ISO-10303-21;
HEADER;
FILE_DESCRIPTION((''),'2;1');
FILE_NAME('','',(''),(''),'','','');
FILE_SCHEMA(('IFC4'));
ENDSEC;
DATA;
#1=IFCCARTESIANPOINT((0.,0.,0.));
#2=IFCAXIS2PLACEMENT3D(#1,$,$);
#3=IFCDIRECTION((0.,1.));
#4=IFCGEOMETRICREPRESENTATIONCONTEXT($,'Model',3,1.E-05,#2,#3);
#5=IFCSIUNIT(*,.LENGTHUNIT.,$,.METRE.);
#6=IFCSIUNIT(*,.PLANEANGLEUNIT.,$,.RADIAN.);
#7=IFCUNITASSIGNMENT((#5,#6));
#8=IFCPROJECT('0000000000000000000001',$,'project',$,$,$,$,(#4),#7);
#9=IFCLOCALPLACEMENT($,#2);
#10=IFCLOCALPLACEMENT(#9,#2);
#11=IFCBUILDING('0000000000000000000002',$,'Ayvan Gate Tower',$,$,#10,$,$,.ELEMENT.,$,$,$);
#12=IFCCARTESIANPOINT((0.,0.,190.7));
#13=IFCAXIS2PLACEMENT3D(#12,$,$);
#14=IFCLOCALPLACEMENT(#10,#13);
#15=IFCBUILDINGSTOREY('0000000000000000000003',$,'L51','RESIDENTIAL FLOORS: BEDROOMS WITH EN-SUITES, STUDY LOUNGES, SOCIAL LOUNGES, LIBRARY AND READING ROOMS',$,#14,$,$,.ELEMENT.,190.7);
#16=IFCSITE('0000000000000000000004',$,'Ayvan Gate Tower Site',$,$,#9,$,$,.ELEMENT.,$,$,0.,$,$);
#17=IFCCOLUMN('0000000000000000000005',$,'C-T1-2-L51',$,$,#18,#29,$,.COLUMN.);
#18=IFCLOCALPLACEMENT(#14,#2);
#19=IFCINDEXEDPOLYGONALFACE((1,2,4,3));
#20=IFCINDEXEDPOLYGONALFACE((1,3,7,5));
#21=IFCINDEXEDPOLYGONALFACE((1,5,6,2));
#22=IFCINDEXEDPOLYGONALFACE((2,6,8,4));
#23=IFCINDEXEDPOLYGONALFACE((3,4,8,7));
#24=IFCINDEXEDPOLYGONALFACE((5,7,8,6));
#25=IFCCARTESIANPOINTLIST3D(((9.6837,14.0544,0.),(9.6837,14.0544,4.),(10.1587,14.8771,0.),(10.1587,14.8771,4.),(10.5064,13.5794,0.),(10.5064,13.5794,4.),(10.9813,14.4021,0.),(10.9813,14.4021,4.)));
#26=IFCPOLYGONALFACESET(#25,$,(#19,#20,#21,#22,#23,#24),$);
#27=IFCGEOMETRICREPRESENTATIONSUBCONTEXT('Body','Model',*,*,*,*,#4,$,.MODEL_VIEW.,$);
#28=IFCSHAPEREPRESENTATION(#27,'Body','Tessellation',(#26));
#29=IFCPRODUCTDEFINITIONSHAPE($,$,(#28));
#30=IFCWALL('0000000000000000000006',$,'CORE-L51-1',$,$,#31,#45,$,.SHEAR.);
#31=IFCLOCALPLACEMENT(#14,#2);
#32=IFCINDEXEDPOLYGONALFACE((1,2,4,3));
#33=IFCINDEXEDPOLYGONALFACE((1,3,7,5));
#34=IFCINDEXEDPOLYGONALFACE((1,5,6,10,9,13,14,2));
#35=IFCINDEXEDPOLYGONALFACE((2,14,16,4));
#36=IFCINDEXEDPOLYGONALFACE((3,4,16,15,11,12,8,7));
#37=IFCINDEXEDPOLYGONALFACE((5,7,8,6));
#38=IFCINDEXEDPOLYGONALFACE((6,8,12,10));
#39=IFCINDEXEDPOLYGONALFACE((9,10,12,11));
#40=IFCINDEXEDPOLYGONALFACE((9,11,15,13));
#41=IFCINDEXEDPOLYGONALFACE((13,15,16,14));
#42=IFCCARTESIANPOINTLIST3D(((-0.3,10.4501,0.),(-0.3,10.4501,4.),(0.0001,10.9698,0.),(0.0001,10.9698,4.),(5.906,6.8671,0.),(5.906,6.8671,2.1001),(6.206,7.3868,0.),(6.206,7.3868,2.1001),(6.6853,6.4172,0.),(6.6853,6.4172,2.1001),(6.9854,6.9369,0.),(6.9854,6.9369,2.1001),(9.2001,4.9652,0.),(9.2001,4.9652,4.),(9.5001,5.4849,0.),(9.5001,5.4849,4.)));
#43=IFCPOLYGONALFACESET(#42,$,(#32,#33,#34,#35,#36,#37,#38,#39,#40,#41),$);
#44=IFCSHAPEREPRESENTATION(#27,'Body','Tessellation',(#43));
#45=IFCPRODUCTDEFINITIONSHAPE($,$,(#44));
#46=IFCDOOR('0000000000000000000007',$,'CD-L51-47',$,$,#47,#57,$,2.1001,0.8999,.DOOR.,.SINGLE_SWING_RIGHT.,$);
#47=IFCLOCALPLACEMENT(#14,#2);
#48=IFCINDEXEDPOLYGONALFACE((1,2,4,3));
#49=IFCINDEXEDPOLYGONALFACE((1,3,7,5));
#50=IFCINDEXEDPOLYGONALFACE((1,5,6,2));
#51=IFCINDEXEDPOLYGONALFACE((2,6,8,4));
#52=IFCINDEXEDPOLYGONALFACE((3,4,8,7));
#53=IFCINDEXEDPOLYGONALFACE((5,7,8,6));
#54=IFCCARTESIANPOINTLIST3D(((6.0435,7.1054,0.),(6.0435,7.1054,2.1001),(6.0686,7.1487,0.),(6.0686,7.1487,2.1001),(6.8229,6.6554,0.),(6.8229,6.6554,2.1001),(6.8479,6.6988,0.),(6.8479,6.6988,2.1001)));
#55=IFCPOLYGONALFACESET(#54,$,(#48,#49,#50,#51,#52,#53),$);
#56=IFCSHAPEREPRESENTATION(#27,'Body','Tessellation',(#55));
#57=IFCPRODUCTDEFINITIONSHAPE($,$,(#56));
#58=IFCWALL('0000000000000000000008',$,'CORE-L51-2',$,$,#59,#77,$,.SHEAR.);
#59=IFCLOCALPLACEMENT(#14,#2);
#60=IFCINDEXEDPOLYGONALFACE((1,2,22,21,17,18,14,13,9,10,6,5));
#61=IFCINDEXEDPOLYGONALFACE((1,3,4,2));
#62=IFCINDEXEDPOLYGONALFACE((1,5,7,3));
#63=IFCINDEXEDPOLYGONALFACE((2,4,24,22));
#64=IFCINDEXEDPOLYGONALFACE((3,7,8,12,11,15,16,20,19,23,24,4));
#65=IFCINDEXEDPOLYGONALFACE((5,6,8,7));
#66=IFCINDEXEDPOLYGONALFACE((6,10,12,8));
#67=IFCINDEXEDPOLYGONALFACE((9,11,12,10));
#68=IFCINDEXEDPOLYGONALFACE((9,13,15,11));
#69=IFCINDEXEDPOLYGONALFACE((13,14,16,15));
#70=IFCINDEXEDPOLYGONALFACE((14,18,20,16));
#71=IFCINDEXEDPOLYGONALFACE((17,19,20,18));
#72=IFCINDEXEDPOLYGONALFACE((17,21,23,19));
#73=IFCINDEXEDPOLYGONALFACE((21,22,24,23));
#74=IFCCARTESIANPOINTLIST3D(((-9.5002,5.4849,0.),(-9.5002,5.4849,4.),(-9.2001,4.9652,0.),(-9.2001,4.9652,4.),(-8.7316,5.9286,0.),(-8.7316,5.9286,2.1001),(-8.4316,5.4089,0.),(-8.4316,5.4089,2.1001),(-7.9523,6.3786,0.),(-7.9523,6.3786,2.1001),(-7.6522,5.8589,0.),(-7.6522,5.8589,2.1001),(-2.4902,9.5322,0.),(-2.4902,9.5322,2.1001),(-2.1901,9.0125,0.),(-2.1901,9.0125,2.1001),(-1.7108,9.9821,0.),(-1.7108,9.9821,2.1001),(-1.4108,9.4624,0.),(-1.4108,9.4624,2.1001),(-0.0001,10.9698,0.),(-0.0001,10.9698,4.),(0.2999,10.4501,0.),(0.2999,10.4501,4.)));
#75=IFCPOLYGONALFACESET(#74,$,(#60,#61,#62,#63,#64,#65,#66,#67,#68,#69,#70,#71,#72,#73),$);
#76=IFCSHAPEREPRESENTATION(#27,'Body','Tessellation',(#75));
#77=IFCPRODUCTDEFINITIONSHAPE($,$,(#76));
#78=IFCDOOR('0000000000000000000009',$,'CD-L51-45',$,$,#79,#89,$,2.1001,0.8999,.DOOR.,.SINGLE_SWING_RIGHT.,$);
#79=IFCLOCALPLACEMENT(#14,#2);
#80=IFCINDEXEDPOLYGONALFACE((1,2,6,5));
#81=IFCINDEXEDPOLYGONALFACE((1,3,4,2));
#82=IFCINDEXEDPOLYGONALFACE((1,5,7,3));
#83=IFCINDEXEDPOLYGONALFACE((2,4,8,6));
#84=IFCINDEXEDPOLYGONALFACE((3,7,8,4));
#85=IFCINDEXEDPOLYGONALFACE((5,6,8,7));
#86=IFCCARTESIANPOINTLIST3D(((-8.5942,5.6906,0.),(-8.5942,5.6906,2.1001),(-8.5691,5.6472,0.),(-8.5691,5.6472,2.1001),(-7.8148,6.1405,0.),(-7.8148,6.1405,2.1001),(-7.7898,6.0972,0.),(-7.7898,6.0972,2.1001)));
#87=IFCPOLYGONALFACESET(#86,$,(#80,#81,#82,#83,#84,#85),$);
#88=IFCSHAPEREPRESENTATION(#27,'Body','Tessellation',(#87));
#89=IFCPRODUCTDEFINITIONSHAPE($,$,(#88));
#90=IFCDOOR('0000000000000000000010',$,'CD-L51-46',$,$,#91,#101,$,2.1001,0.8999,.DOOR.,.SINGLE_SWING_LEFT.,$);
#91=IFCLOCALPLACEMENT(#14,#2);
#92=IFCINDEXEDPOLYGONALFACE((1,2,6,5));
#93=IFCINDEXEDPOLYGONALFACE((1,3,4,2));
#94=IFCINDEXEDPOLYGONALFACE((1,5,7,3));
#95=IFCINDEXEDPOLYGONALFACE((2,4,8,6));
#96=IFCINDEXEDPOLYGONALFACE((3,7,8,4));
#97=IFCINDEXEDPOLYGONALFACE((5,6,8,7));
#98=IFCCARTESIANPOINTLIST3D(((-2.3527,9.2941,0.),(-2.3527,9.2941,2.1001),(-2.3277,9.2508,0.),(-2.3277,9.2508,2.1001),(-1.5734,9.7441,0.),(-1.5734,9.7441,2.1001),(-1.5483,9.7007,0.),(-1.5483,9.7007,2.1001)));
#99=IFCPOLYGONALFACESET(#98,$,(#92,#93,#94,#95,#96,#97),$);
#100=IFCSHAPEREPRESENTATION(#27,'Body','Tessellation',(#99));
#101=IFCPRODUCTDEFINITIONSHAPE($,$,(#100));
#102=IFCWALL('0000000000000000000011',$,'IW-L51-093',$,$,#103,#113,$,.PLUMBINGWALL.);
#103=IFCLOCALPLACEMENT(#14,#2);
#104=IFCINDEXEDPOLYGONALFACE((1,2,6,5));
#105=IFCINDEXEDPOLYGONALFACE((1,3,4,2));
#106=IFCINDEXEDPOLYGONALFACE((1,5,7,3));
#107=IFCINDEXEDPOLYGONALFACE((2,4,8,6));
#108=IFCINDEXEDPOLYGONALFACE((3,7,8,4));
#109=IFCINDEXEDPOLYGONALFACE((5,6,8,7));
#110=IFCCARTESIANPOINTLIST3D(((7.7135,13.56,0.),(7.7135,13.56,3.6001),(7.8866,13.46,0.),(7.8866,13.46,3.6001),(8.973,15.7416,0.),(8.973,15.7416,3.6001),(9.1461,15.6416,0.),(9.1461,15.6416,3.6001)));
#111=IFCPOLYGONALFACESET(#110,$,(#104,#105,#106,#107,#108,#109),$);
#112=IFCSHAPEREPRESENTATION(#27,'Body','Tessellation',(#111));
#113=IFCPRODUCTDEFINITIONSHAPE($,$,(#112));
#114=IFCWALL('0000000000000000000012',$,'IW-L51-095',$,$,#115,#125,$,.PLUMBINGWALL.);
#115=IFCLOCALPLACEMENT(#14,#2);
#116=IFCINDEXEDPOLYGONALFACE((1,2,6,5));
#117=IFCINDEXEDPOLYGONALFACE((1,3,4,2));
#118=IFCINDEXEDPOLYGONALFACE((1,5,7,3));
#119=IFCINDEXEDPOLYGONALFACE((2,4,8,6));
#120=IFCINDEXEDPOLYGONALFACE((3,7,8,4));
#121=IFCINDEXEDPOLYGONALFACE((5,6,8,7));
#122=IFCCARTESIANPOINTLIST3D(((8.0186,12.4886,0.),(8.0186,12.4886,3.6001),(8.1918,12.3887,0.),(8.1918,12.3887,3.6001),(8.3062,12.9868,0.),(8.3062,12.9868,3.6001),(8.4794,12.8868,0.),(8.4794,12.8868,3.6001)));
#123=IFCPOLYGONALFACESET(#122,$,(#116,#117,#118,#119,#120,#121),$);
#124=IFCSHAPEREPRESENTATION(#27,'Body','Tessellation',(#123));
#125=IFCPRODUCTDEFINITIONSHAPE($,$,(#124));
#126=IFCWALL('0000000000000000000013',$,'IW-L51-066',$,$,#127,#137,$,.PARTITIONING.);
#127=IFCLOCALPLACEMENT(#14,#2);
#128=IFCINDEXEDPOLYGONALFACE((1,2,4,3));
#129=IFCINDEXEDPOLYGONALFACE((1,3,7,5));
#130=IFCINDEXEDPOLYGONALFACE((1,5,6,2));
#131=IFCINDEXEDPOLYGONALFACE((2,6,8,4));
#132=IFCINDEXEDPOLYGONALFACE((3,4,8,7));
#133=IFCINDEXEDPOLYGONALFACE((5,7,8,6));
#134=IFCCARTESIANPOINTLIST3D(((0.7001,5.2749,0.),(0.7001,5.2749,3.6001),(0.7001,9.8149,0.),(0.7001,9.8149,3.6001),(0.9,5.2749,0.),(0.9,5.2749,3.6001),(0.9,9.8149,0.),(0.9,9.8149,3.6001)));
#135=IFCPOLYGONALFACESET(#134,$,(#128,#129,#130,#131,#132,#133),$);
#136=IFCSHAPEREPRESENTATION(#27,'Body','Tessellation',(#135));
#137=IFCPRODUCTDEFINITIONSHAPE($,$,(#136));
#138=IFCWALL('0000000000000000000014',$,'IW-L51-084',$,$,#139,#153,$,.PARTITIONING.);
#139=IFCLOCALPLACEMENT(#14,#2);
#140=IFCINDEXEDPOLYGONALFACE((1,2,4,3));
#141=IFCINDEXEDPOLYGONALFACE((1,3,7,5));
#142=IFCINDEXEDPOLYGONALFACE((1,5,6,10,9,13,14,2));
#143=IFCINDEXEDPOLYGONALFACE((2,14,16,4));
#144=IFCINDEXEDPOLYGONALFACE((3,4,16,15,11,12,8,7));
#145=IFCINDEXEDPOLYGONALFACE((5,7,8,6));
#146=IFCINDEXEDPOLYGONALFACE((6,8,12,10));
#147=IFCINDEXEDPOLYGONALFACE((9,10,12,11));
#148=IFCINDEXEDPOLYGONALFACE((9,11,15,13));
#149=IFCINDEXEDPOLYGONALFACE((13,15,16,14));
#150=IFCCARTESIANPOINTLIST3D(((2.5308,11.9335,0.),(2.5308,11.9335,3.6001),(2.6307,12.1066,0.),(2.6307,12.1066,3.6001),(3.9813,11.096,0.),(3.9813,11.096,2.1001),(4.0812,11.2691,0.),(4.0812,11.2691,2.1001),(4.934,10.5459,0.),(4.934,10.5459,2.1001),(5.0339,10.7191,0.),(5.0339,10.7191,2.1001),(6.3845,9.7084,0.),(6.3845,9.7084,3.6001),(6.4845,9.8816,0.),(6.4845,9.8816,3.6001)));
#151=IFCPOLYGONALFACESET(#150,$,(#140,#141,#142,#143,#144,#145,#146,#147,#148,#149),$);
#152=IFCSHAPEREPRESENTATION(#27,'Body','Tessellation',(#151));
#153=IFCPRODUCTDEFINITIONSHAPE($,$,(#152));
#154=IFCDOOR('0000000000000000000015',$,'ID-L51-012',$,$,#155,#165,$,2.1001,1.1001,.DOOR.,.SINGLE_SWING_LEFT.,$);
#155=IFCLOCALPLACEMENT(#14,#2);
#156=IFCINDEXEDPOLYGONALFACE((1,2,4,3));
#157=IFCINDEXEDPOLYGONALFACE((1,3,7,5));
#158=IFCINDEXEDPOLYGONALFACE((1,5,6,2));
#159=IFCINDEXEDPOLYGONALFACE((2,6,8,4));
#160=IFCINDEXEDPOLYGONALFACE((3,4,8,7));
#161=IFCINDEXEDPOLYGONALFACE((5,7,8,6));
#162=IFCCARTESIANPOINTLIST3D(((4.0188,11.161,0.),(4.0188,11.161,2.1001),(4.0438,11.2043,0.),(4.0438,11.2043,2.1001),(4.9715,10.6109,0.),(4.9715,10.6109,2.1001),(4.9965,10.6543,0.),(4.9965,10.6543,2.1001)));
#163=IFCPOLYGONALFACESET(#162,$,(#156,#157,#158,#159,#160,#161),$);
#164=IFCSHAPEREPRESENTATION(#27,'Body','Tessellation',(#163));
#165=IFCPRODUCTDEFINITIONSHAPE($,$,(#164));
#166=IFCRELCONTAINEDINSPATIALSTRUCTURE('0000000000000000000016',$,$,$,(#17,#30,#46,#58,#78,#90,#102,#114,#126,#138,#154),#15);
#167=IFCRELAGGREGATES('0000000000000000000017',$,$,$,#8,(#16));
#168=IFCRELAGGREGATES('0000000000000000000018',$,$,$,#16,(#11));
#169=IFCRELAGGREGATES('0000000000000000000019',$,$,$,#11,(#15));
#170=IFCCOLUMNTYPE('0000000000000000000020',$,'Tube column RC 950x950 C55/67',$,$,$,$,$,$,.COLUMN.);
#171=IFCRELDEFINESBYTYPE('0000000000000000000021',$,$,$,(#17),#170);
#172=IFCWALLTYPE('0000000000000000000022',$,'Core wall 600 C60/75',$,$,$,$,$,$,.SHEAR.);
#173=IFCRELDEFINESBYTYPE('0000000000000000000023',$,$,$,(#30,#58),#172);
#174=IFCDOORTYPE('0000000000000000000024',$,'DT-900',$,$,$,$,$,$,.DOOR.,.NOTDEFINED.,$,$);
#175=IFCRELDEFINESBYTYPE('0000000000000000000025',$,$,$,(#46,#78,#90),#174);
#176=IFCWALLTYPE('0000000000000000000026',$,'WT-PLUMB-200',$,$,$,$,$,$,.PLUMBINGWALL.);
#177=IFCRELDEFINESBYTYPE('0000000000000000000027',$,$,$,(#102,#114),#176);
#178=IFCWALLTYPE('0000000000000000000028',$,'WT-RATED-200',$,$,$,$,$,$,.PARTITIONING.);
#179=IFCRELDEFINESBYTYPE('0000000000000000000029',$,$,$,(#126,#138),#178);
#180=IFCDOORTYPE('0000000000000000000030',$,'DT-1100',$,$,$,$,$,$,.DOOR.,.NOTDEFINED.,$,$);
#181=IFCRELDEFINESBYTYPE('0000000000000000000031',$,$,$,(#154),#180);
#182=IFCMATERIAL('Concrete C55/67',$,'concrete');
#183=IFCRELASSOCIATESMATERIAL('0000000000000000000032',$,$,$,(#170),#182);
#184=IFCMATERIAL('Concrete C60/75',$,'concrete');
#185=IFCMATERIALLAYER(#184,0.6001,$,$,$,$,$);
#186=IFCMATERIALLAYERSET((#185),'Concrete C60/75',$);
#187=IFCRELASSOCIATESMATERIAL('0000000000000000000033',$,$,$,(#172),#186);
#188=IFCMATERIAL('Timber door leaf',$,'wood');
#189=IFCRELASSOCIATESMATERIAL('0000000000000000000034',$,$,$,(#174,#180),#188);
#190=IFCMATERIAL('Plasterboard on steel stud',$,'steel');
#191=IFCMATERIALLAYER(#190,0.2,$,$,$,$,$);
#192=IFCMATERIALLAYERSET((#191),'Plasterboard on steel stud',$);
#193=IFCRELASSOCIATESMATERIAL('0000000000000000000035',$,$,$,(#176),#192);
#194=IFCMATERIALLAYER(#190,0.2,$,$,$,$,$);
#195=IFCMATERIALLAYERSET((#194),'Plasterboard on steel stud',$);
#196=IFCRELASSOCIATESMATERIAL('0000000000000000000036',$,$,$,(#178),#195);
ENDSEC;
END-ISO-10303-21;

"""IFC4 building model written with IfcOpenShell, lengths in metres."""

from ifc_helpers import new_model, si_unit, direction, frame, frame_2d, origin, origin_2d, place, context, subcontext, project, spatial, rectangle, extrude, material, layer, layer_set, material_profile, profile_set, type_object, element, fill, save


model = new_model("IFC4")

# Units and contexts
model_context = context("Model", 3, precision=1e-05, world=origin(), true_north=direction((0.0, 1.0)))
body_context = subcontext(model_context, "Body", "Model", "MODEL_VIEW")
ifc_project = project(units=[si_unit("LENGTHUNIT", "METRE"), si_unit("PLANEANGLEUNIT", "RADIAN")], contexts=[model_context])

# Site, building, storey
site_placement = place(None, origin())
site = spatial("IfcSite", under=ifc_project, at=site_placement, Name="Ayvan Gate Tower Site", CompositionType="ELEMENT", RefElevation=0.0)
building_placement = place(site_placement, origin())
building = spatial("IfcBuilding", under=site, at=building_placement, Name="Ayvan Gate Tower", CompositionType="ELEMENT")
storey_placement = place(building_placement, frame((0.0, 0.0, 190.7)))
storey = spatial("IfcBuildingStorey", under=building, at=storey_placement, Name="L51", Description="RESIDENTIAL FLOORS: BEDROOMS WITH EN-SUITES, STUDY LOUNGES, SOCIAL LOUNGES, LIBRARY AND READING ROOMS", CompositionType="ELEMENT", Elevation=190.7)

# Column
ifc_material_1 = material(Name="Concrete C55/67", Category="concrete")
ifc_material_profile = material_profile(ifc_material_1, rectangle(XDim=0.95, YDim=0.95, at=origin_2d()), Name="RC 950x950")
ifc_profile_set = profile_set([ifc_material_profile], Name="Concrete C55/67")
column_type = type_object("IfcColumnType", Name="Tube column RC 950x950 C55/67", PredefinedType="COLUMN", material=ifc_profile_set)
column_placement = place(storey_placement, frame((10.3325, 14.2283, 0.0), z_axis=(0.0, 0.0, 1.0), x_axis=(0.5, 0.866025, 0.0)))
element("IfcColumn", 1, at=column_placement, inside=storey, type_object=column_type, Name="C-T1-2-L51", PredefinedType="COLUMN", context=body_context, shape_type="SweptSolid", body=[
    extrude(rectangle(XDim=0.95, YDim=0.95, at=origin_2d()), origin(), (0.0, 0.0, 1.0), 4.0),
])

# Wall, opening, door
ifc_material_2 = material(Name="Concrete C60/75", Category="concrete")
ifc_layer_1 = layer(ifc_material_2, 0.6001)
ifc_layer_set_1 = layer_set([ifc_layer_1], Name="Concrete C60/75")
wall_type_1 = type_object("IfcWallType", Name="Core wall 600 C60/75", PredefinedType="SHEAR", material=ifc_layer_set_1)
wall_1_placement = place(storey_placement, frame((9.3501, 5.2251, 0.0), z_axis=(0.0, 0.0, 1.0), x_axis=(-0.866024, 0.500002, 0.0)))
wall_1 = element("IfcWall", 2, at=wall_1_placement, inside=storey, type_object=wall_type_1, Name="CORE-L51-1", PredefinedType="SHEAR", context=body_context, shape_type="SweptSolid", body=[
    extrude(rectangle(XDim=10.9697, YDim=0.6001, at=frame_2d((5.4849, 0.0))), origin(), (0.0, 0.0, 1.0), 4.0),
])
opening_1_placement = place(wall_1_placement, frame((2.9038, 0.0, 0.0)))
opening_1 = element("IfcOpeningElement", 3, at=opening_1_placement, cuts=wall_1, PredefinedType="OPENING", context=body_context, shape_type="SweptSolid", body=[
    extrude(rectangle(XDim=0.8999, YDim=2.1001, at=frame_2d((0.45, 1.05))), frame((0.0, 0.3101, 0.0), z_axis=(0.0, -1.0, 0.0), x_axis=(1.0, 0.0, 0.0)), (0.0, 0.0, 1.0), 0.6201),
])
ifc_material_3 = material(Name="Timber door leaf", Category="wood")
door_type_1 = type_object("IfcDoorType", Name="DT-900", OperationType="NOTDEFINED", PredefinedType="DOOR", material=ifc_material_3)
door_1_placement = place(opening_1_placement, origin())
door_1 = element("IfcDoor", 4, at=door_1_placement, inside=storey, type_object=door_type_1, Name="CD-L51-47", OperationType="SINGLE_SWING_RIGHT", OverallHeight=2.1001, OverallWidth=0.8999, PredefinedType="DOOR", context=body_context, shape_type="SweptSolid", body=[
    extrude(rectangle(XDim=0.8999, YDim=2.1001, at=frame_2d((0.45, 1.05))), frame((0.0, 0.0249, 0.0), z_axis=(0.0, -1.0, 0.0), x_axis=(1.0, 0.0, 0.0)), (0.0, 0.0, 1.0), 0.05),
])
fill(opening_1, door_1)

# Wall, openings, doors
wall_2_placement = place(storey_placement, frame((0.1499, 10.71, 0.0), z_axis=(0.0, 0.0, 1.0), x_axis=(-0.866024, -0.500002, 0.0)))
wall_2 = element("IfcWall", 5, at=wall_2_placement, inside=storey, type_object=wall_type_1, Name="CORE-L51-2", PredefinedType="SHEAR", context=body_context, shape_type="SweptSolid", body=[
    extrude(rectangle(XDim=10.9697, YDim=0.6001, at=frame_2d((5.4849, 0.0))), origin(), (0.0, 0.0, 1.0), 4.0),
])
opening_2_placement = place(wall_2_placement, frame((9.1824, 0.0, 0.0)))
opening_2 = element("IfcOpeningElement", 6, at=opening_2_placement, cuts=wall_2, PredefinedType="OPENING", context=body_context, shape_type="SweptSolid", body=[
    extrude(rectangle(XDim=0.8999, YDim=2.1001, at=frame_2d((0.45, 1.05))), frame((0.0, 0.3101, 0.0), z_axis=(0.0, -1.0, 0.0), x_axis=(1.0, 0.0, 0.0)), (0.0, 0.0, 1.0), 0.6201),
])
opening_3_placement = place(wall_2_placement, frame((1.9753, 0.0, 0.0)))
opening_3 = element("IfcOpeningElement", 7, at=opening_3_placement, cuts=wall_2, PredefinedType="OPENING", context=body_context, shape_type="SweptSolid", body=[
    extrude(rectangle(XDim=0.8999, YDim=2.1001, at=frame_2d((0.45, 1.05))), frame((0.0, 0.3101, 0.0), z_axis=(0.0, -1.0, 0.0), x_axis=(1.0, 0.0, 0.0)), (0.0, 0.0, 1.0), 0.6201),
])
door_2_placement = place(opening_2_placement, origin())
door_2 = element("IfcDoor", 8, at=door_2_placement, inside=storey, type_object=door_type_1, Name="CD-L51-45", OperationType="SINGLE_SWING_RIGHT", OverallHeight=2.1001, OverallWidth=0.8999, PredefinedType="DOOR", context=body_context, shape_type="SweptSolid", body=[
    extrude(rectangle(XDim=0.8999, YDim=2.1001, at=frame_2d((0.45, 1.05))), frame((0.0, 0.0249, 0.0), z_axis=(0.0, -1.0, 0.0), x_axis=(1.0, 0.0, 0.0)), (0.0, 0.0, 1.0), 0.05),
])
fill(opening_2, door_2)
door_3_placement = place(opening_3_placement, origin())
door_3 = element("IfcDoor", 9, at=door_3_placement, inside=storey, type_object=door_type_1, Name="CD-L51-46", OperationType="SINGLE_SWING_LEFT", OverallHeight=2.1001, OverallWidth=0.8999, PredefinedType="DOOR", context=body_context, shape_type="SweptSolid", body=[
    extrude(rectangle(XDim=0.8999, YDim=2.1001, at=frame_2d((0.45, 1.05))), frame((0.0, 0.0249, 0.0), z_axis=(0.0, -1.0, 0.0), x_axis=(1.0, 0.0, 0.0)), (0.0, 0.0, 1.0), 0.05),
])
fill(opening_3, door_3)

# Walls
ifc_material_4 = material(Name="Plasterboard on steel stud", Category="steel")
ifc_layer_2 = layer(ifc_material_4, 0.2)
ifc_layer_set_2 = layer_set([ifc_layer_2], Name="Plasterboard on steel stud")
wall_type_2 = type_object("IfcWallType", Name="WT-PLUMB-200", PredefinedType="PLUMBINGWALL", material=ifc_layer_set_2)
wall_3_placement = place(storey_placement, frame((7.8, 13.51, 0.0), z_axis=(0.0, 0.0, 1.0), x_axis=(0.499985, 0.866034, 0.0)))
element("IfcWall", 10, at=wall_3_placement, inside=storey, type_object=wall_type_2, Name="IW-L51-093", PredefinedType="PLUMBINGWALL", context=body_context, shape_type="SweptSolid", body=[
    extrude(rectangle(XDim=2.519, YDim=0.2, at=frame_2d((1.2595, 0.0))), origin(), (0.0, 0.0, 1.0), 3.6001),
])
wall_4_placement = place(storey_placement, frame((8.3928, 12.9368, 0.0), z_axis=(0.0, 0.0, 1.0), x_axis=(-0.500065, -0.865988, 0.0)))
element("IfcWall", 11, at=wall_4_placement, inside=storey, type_object=wall_type_2, Name="IW-L51-095", PredefinedType="PLUMBINGWALL", context=body_context, shape_type="SweptSolid", body=[
    extrude(rectangle(XDim=0.5752, YDim=0.2, at=frame_2d((0.2876, 0.0))), origin(), (0.0, 0.0, 1.0), 3.6001),
])
ifc_layer_3 = layer(ifc_material_4, 0.2)
ifc_layer_set_3 = layer_set([ifc_layer_3], Name="Plasterboard on steel stud")
wall_type_3 = type_object("IfcWallType", Name="WT-RATED-200", PredefinedType="PARTITIONING", material=ifc_layer_set_3)
wall_5_placement = place(storey_placement, frame((0.8, 9.8149, 0.0), z_axis=(0.0, 0.0, 1.0), x_axis=(0.0, -1.0, 0.0)))
element("IfcWall", 12, at=wall_5_placement, inside=storey, type_object=wall_type_3, Name="IW-L51-066", PredefinedType="PARTITIONING", context=body_context, shape_type="SweptSolid", body=[
    extrude(rectangle(XDim=4.54, YDim=0.2, at=frame_2d((2.27, 0.0))), origin(), (0.0, 0.0, 1.0), 3.6001),
])

# Wall, opening, door
wall_6_placement = place(storey_placement, frame((6.4346, 9.7949, 0.0), z_axis=(0.0, 0.0, 1.0), x_axis=(-0.866013, 0.500022, 0.0)))
wall_6 = element("IfcWall", 13, at=wall_6_placement, inside=storey, type_object=wall_type_3, Name="IW-L51-084", PredefinedType="PARTITIONING", context=body_context, shape_type="SweptSolid", body=[
    extrude(rectangle(XDim=4.45, YDim=0.2, at=frame_2d((2.2251, 0.0))), origin(), (0.0, 0.0, 1.0), 3.6001),
])
opening_4_placement = place(wall_6_placement, frame((1.675, 0.0, 0.0)))
opening_4 = element("IfcOpeningElement", 14, at=opening_4_placement, cuts=wall_6, PredefinedType="OPENING", context=body_context, shape_type="SweptSolid", body=[
    extrude(rectangle(XDim=1.1001, YDim=2.1001, at=frame_2d((0.55, 1.05))), frame((0.0, 0.1099, 0.0), z_axis=(0.0, -1.0, 0.0), x_axis=(1.0, 0.0, 0.0)), (0.0, 0.0, 1.0), 0.22),
])
door_type_2 = type_object("IfcDoorType", Name="DT-1100", OperationType="NOTDEFINED", PredefinedType="DOOR", material=ifc_material_3)
door_4_placement = place(opening_4_placement, origin())
door_4 = element("IfcDoor", 15, at=door_4_placement, inside=storey, type_object=door_type_2, Name="ID-L51-012", OperationType="SINGLE_SWING_LEFT", OverallHeight=2.1001, OverallWidth=1.1001, PredefinedType="DOOR", context=body_context, shape_type="SweptSolid", body=[
    extrude(rectangle(XDim=1.1001, YDim=2.1001, at=frame_2d((0.55, 1.05))), frame((0.0, 0.0249, 0.0), z_axis=(0.0, -1.0, 0.0), x_axis=(1.0, 0.0, 0.0)), (0.0, 0.0, 1.0), 0.05),
])
fill(opening_4, door_4)

save(model, "model.ifc")
